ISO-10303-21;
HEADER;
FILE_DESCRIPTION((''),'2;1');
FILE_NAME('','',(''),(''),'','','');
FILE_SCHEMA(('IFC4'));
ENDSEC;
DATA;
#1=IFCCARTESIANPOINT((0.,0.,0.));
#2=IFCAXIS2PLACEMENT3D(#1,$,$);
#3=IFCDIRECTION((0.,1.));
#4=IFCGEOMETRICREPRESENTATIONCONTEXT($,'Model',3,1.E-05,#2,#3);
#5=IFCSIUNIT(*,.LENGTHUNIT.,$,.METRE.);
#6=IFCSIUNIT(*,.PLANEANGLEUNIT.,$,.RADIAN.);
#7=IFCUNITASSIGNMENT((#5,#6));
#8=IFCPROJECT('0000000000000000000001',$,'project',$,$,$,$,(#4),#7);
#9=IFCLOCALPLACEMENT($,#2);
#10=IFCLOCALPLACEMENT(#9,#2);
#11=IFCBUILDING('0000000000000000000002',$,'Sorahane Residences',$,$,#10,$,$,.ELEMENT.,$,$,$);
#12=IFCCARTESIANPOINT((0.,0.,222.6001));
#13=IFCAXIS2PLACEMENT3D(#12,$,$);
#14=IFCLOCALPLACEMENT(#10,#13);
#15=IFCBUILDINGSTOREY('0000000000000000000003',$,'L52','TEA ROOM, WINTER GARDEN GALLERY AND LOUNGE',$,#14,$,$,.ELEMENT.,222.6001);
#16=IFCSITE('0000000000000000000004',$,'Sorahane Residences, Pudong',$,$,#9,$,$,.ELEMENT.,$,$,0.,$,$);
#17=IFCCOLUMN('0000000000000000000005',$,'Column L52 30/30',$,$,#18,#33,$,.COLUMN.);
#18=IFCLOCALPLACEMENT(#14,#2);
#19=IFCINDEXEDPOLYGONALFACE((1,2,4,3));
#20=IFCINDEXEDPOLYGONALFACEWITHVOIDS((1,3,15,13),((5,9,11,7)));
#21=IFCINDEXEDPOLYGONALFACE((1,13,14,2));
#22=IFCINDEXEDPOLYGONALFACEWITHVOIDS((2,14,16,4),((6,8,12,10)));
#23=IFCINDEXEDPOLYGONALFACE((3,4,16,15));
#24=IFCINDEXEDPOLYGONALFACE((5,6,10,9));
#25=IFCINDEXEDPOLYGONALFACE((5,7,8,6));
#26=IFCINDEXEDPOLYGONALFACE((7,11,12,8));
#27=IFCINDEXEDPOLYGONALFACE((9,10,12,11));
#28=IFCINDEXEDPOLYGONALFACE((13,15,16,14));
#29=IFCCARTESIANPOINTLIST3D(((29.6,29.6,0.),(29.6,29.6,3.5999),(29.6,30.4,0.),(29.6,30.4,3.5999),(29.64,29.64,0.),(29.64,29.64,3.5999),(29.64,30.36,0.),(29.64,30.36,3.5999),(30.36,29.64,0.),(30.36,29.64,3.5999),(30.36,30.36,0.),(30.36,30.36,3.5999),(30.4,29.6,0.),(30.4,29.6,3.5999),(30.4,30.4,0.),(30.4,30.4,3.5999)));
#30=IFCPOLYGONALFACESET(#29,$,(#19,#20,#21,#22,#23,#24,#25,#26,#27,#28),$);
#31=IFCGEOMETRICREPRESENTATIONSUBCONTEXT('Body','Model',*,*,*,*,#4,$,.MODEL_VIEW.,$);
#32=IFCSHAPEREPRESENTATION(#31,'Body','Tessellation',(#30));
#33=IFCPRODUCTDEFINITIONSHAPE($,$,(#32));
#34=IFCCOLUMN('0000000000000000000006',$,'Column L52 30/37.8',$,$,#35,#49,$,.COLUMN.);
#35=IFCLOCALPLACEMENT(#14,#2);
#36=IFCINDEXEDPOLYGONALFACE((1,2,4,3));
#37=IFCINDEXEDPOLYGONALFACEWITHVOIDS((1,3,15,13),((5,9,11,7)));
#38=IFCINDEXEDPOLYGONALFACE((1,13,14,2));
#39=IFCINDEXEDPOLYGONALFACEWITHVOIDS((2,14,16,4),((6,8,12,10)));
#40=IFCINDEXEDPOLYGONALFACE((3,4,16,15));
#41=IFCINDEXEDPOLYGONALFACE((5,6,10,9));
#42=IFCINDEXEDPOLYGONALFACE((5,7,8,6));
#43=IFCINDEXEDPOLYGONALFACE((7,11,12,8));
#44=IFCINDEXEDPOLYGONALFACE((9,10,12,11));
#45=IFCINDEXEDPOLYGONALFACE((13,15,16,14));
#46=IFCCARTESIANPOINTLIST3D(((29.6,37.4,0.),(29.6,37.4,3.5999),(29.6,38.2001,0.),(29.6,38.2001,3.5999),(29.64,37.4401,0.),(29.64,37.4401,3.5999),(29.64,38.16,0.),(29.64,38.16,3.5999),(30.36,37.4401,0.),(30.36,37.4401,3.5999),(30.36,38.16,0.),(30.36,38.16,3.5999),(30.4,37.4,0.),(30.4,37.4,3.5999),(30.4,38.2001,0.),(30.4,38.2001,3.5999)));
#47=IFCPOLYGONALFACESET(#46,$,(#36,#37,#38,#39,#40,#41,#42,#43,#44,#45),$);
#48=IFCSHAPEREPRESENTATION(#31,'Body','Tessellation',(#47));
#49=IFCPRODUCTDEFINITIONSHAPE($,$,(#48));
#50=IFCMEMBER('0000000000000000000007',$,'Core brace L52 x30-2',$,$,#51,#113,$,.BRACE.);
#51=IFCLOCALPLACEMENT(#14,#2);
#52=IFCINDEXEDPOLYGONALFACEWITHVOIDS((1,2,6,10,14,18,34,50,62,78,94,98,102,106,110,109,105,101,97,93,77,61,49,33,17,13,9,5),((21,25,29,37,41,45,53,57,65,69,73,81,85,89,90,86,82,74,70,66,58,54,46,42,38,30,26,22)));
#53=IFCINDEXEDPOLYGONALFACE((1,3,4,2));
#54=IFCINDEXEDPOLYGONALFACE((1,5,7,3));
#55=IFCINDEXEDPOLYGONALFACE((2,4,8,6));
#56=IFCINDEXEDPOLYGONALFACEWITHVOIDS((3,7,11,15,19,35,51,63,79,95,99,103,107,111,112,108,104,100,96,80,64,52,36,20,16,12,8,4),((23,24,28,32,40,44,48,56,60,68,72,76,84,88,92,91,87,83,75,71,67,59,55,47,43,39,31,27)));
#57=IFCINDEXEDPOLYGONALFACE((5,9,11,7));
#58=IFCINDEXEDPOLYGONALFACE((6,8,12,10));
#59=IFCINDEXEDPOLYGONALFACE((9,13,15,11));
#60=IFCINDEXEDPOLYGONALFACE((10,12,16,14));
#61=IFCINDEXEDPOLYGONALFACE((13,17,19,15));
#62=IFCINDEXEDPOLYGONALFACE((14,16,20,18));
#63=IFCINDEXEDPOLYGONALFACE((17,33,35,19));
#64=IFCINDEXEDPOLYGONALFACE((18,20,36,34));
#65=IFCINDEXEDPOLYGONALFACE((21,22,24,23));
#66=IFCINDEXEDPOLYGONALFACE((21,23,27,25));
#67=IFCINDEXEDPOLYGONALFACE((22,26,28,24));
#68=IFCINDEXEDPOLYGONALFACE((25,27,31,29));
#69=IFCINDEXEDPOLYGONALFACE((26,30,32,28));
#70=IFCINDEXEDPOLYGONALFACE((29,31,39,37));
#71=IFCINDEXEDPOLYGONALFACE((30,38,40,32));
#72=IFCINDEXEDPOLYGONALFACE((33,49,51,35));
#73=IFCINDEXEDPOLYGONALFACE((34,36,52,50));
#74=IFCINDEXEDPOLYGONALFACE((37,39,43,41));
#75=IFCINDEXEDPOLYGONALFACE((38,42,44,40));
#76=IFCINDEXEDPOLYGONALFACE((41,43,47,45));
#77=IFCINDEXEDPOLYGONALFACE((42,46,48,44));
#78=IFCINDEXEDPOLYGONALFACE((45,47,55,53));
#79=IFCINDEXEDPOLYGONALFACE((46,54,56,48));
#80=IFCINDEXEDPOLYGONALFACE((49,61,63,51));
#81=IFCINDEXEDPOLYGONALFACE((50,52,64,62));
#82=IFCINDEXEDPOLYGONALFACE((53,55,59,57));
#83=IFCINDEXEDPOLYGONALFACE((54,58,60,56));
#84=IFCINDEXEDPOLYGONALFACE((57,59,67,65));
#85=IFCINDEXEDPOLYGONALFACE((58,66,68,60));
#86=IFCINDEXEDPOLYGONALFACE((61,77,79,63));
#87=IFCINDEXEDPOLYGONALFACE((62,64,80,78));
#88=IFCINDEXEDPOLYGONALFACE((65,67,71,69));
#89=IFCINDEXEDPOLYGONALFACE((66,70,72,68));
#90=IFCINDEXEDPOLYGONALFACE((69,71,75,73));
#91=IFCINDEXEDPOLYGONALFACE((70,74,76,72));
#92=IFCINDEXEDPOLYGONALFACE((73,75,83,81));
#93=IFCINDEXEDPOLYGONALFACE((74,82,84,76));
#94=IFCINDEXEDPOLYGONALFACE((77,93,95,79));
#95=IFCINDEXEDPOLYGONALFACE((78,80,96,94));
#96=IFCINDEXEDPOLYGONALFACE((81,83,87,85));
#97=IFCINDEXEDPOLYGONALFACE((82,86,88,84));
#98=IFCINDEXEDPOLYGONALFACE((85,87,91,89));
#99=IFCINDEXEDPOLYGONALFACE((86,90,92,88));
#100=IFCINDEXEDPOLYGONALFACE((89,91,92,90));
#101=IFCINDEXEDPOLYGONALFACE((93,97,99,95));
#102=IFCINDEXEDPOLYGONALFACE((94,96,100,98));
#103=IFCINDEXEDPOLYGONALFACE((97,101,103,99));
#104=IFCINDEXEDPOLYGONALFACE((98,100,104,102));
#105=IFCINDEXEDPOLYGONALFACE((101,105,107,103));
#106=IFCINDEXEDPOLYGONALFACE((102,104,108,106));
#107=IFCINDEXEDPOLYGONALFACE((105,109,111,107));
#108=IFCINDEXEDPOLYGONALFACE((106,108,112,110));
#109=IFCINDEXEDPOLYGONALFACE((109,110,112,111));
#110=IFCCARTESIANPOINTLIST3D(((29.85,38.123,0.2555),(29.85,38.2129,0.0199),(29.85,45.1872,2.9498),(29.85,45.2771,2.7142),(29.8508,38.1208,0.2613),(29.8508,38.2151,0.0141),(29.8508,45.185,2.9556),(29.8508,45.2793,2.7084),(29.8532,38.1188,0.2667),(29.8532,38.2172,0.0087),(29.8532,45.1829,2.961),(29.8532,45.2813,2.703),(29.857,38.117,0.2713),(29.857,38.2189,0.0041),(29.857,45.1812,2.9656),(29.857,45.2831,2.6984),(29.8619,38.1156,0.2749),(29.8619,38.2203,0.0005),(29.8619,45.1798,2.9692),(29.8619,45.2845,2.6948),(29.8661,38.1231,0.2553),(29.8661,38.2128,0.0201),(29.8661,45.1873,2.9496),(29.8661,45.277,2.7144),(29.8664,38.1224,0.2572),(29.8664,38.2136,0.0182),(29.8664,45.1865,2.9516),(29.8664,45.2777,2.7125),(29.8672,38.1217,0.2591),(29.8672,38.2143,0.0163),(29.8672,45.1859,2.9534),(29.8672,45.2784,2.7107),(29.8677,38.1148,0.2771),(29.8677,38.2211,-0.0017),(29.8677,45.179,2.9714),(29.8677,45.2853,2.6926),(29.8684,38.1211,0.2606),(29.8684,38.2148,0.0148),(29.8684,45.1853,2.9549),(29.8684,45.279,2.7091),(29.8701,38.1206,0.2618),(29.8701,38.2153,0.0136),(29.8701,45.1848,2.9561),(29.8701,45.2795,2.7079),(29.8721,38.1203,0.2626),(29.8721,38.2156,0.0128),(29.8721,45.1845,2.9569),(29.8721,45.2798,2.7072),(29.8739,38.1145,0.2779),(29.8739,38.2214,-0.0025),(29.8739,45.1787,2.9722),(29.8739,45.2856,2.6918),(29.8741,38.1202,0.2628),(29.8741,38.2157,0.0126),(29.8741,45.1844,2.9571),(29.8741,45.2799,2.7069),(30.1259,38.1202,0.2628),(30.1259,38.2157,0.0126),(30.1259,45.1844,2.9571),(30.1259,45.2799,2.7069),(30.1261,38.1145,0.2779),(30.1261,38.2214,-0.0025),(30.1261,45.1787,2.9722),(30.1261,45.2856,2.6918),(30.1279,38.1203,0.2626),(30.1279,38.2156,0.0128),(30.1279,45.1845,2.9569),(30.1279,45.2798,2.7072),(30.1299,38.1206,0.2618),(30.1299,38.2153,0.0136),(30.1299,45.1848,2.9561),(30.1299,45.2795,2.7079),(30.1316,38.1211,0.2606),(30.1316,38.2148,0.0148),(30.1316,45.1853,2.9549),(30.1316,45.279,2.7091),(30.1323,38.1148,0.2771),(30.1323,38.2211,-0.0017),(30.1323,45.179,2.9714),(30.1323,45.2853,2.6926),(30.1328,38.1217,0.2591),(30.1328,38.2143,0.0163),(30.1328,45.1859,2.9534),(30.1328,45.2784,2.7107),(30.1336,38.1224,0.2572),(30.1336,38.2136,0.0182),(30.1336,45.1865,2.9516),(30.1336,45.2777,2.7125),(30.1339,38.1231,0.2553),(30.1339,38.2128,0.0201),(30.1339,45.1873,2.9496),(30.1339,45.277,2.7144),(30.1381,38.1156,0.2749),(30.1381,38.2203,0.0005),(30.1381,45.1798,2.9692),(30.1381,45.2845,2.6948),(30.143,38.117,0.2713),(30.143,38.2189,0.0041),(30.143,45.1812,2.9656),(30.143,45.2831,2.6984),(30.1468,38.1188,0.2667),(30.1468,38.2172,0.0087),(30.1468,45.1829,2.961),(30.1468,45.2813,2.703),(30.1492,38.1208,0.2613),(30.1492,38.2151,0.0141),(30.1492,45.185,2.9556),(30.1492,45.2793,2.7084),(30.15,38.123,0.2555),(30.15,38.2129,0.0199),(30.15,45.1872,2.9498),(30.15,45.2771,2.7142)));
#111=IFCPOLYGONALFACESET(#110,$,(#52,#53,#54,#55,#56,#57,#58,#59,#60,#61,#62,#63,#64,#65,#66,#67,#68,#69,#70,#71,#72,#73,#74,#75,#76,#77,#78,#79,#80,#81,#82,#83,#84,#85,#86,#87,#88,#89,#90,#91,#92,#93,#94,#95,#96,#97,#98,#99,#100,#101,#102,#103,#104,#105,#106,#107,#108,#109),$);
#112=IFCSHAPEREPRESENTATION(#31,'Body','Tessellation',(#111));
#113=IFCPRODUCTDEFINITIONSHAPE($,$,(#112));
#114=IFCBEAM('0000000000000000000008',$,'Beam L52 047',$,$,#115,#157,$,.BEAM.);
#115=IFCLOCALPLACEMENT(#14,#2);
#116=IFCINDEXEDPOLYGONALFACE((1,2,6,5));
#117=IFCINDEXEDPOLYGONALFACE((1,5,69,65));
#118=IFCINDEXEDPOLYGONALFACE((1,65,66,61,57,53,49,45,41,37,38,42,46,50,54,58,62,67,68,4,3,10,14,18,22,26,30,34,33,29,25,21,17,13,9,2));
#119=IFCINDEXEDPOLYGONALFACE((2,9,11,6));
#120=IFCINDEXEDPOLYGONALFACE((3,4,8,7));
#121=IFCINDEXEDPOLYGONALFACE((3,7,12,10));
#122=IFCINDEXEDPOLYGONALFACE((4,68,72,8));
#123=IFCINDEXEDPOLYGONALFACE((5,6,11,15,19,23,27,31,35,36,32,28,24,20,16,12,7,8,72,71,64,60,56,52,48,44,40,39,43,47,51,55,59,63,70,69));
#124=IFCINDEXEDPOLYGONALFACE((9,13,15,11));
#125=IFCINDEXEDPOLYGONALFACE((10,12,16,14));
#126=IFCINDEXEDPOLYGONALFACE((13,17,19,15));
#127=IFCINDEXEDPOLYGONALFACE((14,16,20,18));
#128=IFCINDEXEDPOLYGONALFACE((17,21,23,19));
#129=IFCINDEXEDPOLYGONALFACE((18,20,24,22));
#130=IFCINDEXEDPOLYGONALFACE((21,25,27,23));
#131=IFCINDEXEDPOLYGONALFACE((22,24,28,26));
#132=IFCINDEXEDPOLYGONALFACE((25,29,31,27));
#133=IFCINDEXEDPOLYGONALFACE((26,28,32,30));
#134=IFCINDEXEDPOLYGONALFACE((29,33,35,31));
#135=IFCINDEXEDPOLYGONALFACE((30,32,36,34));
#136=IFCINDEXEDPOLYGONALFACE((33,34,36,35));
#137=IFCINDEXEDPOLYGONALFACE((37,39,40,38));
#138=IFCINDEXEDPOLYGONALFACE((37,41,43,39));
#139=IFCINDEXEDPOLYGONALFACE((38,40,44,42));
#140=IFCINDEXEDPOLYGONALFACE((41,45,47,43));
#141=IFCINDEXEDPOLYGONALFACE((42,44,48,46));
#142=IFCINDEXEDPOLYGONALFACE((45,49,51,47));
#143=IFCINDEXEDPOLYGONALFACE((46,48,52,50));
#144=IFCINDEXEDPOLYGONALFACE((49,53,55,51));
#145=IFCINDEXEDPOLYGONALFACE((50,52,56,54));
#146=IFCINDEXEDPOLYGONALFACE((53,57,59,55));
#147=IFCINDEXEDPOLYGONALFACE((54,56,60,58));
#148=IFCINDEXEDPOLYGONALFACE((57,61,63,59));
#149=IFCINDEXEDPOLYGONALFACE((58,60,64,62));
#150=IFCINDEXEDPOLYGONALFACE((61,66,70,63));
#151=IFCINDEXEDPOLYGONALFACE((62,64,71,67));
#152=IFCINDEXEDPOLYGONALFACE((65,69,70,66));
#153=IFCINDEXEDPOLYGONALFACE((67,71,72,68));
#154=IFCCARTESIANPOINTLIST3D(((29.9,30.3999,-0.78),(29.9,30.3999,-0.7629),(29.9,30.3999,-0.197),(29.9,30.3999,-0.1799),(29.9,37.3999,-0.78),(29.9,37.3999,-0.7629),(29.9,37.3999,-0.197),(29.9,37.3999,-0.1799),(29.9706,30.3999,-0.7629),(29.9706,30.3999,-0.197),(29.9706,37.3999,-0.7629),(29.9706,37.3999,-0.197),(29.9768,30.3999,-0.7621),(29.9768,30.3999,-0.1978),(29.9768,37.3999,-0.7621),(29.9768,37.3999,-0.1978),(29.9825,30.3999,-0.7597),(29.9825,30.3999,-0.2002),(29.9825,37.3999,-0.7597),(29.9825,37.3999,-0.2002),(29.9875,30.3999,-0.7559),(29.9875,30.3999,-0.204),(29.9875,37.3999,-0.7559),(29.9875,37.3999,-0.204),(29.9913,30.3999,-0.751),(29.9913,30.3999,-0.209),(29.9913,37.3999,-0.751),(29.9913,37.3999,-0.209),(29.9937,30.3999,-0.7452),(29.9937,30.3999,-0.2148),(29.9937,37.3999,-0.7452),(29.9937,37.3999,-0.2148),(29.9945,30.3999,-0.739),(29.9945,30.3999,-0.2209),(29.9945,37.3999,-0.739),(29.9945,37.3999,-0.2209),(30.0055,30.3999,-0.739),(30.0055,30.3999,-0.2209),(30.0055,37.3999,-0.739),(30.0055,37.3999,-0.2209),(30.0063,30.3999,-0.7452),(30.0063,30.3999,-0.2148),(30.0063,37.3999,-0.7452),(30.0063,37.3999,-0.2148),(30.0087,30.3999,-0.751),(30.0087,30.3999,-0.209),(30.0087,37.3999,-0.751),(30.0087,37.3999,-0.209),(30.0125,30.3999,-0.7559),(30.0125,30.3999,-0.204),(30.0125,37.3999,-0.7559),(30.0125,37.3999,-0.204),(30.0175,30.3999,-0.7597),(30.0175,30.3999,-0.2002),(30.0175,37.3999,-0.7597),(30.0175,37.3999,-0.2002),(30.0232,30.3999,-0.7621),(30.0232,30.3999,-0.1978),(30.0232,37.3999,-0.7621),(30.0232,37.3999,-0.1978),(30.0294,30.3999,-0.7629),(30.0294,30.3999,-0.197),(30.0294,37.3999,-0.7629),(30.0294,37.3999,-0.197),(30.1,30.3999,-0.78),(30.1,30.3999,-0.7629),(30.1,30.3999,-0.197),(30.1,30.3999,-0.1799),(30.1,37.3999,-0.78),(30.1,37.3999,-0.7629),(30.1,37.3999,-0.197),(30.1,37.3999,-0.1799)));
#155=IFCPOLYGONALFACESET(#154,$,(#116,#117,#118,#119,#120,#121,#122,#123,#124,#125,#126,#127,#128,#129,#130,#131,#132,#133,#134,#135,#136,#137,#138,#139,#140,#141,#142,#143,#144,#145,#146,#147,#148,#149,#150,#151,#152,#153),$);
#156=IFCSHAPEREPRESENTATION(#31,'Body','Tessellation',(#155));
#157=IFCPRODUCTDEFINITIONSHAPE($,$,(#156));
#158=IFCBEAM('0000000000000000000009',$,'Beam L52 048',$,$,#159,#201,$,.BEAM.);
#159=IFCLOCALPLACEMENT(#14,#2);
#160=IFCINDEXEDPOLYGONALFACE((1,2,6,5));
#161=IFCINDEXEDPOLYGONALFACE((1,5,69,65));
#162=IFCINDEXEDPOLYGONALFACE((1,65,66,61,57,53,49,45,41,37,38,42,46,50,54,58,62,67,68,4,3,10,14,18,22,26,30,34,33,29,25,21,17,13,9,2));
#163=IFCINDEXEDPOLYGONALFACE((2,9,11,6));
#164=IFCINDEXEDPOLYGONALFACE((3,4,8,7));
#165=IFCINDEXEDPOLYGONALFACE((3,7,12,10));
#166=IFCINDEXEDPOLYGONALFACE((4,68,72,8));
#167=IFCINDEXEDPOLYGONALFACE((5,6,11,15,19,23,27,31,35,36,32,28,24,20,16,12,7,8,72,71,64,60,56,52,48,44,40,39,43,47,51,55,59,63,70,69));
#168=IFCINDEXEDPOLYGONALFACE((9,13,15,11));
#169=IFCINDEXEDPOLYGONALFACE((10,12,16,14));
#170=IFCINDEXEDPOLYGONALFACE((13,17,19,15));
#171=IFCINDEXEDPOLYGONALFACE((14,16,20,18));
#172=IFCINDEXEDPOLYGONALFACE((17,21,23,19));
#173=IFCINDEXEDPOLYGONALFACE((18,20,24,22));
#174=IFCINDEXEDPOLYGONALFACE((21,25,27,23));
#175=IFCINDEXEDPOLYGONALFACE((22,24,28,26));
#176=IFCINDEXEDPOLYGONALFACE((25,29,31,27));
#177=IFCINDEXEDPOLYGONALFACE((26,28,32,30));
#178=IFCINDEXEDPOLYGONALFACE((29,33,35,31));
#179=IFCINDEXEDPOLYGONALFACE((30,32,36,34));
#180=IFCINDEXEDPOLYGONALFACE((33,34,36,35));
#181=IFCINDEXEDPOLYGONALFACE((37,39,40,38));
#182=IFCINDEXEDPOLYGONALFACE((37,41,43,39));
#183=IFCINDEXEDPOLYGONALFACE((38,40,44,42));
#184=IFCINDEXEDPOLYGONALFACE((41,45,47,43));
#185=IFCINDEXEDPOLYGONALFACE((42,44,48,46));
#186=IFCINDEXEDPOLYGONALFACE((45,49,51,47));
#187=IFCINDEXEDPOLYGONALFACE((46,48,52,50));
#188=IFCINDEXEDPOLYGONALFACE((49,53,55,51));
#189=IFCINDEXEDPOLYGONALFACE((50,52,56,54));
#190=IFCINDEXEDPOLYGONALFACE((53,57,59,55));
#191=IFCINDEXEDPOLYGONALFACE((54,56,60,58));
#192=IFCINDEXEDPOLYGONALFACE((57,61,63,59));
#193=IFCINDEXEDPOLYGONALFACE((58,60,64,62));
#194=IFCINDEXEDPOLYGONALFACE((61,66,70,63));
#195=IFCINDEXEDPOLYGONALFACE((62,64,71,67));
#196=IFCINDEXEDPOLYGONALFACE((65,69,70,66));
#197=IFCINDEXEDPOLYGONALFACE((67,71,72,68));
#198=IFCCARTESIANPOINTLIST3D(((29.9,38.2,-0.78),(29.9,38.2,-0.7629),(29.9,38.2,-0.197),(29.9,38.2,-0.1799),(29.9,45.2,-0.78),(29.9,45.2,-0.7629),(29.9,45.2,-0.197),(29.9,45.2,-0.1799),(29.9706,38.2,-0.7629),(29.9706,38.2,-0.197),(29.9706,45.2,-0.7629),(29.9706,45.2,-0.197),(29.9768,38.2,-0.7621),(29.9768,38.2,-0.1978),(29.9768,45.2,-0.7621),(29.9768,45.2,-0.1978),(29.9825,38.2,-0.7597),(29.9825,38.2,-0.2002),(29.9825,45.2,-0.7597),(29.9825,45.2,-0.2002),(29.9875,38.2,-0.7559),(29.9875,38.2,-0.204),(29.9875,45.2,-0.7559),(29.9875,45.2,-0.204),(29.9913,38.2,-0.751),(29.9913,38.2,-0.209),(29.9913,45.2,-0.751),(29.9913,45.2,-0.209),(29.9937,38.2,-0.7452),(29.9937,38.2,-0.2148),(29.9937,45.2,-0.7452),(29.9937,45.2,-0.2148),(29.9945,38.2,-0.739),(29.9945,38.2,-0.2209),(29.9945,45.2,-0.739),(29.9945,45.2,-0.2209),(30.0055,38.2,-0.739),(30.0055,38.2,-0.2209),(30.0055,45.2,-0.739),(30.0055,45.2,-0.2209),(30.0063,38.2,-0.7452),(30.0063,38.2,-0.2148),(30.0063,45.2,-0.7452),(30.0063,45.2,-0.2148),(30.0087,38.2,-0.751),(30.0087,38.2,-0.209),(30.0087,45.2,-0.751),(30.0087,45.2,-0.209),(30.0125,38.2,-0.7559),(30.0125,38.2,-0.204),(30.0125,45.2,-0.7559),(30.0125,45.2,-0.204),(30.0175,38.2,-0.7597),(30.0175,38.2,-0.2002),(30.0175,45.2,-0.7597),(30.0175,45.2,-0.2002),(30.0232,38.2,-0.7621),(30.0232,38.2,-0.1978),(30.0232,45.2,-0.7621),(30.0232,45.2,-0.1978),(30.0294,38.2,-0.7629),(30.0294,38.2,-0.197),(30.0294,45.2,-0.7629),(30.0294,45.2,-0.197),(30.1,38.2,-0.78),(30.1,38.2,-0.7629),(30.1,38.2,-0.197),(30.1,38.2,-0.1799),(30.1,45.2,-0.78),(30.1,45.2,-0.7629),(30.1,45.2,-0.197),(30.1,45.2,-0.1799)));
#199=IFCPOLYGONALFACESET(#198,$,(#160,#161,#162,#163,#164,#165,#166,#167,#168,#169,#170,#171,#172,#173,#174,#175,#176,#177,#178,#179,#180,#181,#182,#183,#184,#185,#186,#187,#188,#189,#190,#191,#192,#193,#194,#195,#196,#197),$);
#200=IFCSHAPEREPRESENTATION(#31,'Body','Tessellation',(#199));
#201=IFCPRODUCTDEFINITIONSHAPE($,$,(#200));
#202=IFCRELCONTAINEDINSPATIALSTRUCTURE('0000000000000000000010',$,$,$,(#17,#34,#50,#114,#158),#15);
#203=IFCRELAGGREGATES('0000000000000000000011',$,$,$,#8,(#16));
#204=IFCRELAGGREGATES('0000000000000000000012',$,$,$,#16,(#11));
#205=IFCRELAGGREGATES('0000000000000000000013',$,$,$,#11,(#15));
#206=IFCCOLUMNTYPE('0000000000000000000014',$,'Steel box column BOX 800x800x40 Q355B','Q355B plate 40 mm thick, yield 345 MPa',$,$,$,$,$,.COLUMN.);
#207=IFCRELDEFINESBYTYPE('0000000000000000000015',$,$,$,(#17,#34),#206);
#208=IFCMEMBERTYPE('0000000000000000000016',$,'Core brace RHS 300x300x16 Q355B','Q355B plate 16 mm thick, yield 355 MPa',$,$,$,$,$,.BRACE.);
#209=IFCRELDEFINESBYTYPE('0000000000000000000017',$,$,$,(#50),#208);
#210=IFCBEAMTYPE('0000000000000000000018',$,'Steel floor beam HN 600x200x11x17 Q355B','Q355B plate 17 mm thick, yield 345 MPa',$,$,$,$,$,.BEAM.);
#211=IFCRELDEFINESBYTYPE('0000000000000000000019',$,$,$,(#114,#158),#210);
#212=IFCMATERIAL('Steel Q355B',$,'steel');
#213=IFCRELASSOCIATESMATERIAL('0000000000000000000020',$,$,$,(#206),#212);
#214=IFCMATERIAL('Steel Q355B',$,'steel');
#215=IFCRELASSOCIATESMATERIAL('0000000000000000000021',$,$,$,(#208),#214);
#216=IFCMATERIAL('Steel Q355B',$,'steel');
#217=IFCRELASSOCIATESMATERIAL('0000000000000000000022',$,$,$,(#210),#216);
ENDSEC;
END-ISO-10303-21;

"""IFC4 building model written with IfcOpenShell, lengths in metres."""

from ifc_helpers import new_model, si_unit, direction, frame, origin, origin_2d, place, context, subcontext, project, spatial, hollow_rectangle, i_section, extrude, material, material_profile, profile_set, type_object, element, save


model = new_model("IFC4")

# Units and contexts
model_context = context("Model", 3, precision=1e-05, world=origin(), true_north=direction((0.0, 1.0)))
body_context = subcontext(model_context, "Body", "Model", "MODEL_VIEW")
ifc_project = project(units=[si_unit("LENGTHUNIT", "METRE"), si_unit("PLANEANGLEUNIT", "RADIAN")], contexts=[model_context])

# Site, building, storey
site_placement = place(None, origin())
site = spatial("IfcSite", under=ifc_project, at=site_placement, Name="Sorahane Residences, Pudong", CompositionType="ELEMENT", RefElevation=0.0)
building_placement = place(site_placement, origin())
building = spatial("IfcBuilding", under=site, at=building_placement, Name="Sorahane Residences", CompositionType="ELEMENT")
storey_placement = place(building_placement, frame((0.0, 0.0, 222.6001)))
storey = spatial("IfcBuildingStorey", under=building, at=storey_placement, Name="L52", Description="TEA ROOM, WINTER GARDEN GALLERY AND LOUNGE", CompositionType="ELEMENT", Elevation=222.6001)

# Columns
ifc_material_1 = material(Name="Steel Q355B", Category="steel")
ifc_material_profile_1 = material_profile(ifc_material_1, hollow_rectangle(XDim=0.8, YDim=0.8, WallThickness=0.04, at=origin_2d()), Name="BOX 800x800x40")
ifc_profile_set_1 = profile_set([ifc_material_profile_1], Name="Steel Q355B")
column_type = type_object("IfcColumnType", Name="Steel box column BOX 800x800x40 Q355B", Description="Q355B plate 40 mm thick, yield 345 MPa", PredefinedType="COLUMN", material=ifc_profile_set_1)
for number, where, z_axis, x_axis, name in (
    (1, (30.0, 30.0, 0.0), (0.0, 0.0, 1.0), (1.0, 0.0, 0.0), "Column L52 30/30"),
    (2, (30.0, 37.8, 0.0), (0.0, 0.0, 1.0), (1.0, 0.0, 0.0), "Column L52 30/37.8"),
):
    element("IfcColumn", number, at=place(storey_placement, frame(where, z_axis=z_axis, x_axis=x_axis)), inside=storey, type_object=column_type, Name=name, PredefinedType="COLUMN", context=body_context, shape_type="SweptSolid", body=[
        extrude(hollow_rectangle(XDim=0.8, YDim=0.8, WallThickness=0.04, at=origin_2d()), origin(), (0.0, 0.0, 1.0), 3.5999),
    ])

# Member
ifc_material_2 = material(Name="Steel Q355B", Category="steel")
ifc_material_profile_2 = material_profile(ifc_material_2, hollow_rectangle(XDim=0.3, YDim=0.3, WallThickness=0.0161, InnerFilletRadius=0.0081, OuterFilletRadius=0.0239, at=origin_2d()), Name="RHS 300x300x16")
ifc_profile_set_2 = profile_set([ifc_material_profile_2], Name="Steel Q355B")
member_type = type_object("IfcMemberType", Name="Core brace RHS 300x300x16 Q355B", Description="Q355B plate 16 mm thick, yield 355 MPa", PredefinedType="BRACE", material=ifc_profile_set_2)
member_placement = place(storey_placement, frame((30.0, 38.168, 0.1377), z_axis=(0.0, 0.934346, 0.356366), x_axis=(-1.0, 0.0, 0.0)))
element("IfcMember", 3, at=member_placement, inside=storey, type_object=member_type, Name="Core brace L52 x30-2", PredefinedType="BRACE", context=body_context, shape_type="SweptSolid", body=[
    extrude(hollow_rectangle(XDim=0.3, YDim=0.3, WallThickness=0.0161, InnerFilletRadius=0.0081, OuterFilletRadius=0.0239, at=origin_2d()), origin(), (0.0, 0.0, 1.0), 7.5605),
])

# Beams
ifc_material_3 = material(Name="Steel Q355B", Category="steel")
ifc_material_profile_3 = material_profile(ifc_material_3, i_section(OverallWidth=0.2, OverallDepth=0.6001, WebThickness=0.011, FlangeThickness=0.0171, FilletRadius=0.0239, at=origin_2d()), Name="HN 600x200x11x17")
ifc_profile_set_3 = profile_set([ifc_material_profile_3], Name="Steel Q355B")
beam_type = type_object("IfcBeamType", Name="Steel floor beam HN 600x200x11x17 Q355B", Description="Q355B plate 17 mm thick, yield 345 MPa", PredefinedType="BEAM", material=ifc_profile_set_3)
for number, where, z_axis, x_axis, name in (
    (4, (30.0, 30.3999, -0.48), (0.0, 1.0, 0.0), (-1.0, 0.0, 0.0), "Beam L52 047"),
    (5, (30.0, 38.2, -0.48), (0.0, 1.0, 0.0), (-1.0, 0.0, 0.0), "Beam L52 048"),
):
    element("IfcBeam", number, at=place(storey_placement, frame(where, z_axis=z_axis, x_axis=x_axis)), inside=storey, type_object=beam_type, Name=name, PredefinedType="BEAM", context=body_context, shape_type="SweptSolid", body=[
        extrude(i_section(OverallWidth=0.2, OverallDepth=0.6001, WebThickness=0.011, FlangeThickness=0.0171, FilletRadius=0.0239, at=origin_2d()), origin(), (0.0, 0.0, 1.0), 7.0),
    ])

save(model, "model.ifc")
